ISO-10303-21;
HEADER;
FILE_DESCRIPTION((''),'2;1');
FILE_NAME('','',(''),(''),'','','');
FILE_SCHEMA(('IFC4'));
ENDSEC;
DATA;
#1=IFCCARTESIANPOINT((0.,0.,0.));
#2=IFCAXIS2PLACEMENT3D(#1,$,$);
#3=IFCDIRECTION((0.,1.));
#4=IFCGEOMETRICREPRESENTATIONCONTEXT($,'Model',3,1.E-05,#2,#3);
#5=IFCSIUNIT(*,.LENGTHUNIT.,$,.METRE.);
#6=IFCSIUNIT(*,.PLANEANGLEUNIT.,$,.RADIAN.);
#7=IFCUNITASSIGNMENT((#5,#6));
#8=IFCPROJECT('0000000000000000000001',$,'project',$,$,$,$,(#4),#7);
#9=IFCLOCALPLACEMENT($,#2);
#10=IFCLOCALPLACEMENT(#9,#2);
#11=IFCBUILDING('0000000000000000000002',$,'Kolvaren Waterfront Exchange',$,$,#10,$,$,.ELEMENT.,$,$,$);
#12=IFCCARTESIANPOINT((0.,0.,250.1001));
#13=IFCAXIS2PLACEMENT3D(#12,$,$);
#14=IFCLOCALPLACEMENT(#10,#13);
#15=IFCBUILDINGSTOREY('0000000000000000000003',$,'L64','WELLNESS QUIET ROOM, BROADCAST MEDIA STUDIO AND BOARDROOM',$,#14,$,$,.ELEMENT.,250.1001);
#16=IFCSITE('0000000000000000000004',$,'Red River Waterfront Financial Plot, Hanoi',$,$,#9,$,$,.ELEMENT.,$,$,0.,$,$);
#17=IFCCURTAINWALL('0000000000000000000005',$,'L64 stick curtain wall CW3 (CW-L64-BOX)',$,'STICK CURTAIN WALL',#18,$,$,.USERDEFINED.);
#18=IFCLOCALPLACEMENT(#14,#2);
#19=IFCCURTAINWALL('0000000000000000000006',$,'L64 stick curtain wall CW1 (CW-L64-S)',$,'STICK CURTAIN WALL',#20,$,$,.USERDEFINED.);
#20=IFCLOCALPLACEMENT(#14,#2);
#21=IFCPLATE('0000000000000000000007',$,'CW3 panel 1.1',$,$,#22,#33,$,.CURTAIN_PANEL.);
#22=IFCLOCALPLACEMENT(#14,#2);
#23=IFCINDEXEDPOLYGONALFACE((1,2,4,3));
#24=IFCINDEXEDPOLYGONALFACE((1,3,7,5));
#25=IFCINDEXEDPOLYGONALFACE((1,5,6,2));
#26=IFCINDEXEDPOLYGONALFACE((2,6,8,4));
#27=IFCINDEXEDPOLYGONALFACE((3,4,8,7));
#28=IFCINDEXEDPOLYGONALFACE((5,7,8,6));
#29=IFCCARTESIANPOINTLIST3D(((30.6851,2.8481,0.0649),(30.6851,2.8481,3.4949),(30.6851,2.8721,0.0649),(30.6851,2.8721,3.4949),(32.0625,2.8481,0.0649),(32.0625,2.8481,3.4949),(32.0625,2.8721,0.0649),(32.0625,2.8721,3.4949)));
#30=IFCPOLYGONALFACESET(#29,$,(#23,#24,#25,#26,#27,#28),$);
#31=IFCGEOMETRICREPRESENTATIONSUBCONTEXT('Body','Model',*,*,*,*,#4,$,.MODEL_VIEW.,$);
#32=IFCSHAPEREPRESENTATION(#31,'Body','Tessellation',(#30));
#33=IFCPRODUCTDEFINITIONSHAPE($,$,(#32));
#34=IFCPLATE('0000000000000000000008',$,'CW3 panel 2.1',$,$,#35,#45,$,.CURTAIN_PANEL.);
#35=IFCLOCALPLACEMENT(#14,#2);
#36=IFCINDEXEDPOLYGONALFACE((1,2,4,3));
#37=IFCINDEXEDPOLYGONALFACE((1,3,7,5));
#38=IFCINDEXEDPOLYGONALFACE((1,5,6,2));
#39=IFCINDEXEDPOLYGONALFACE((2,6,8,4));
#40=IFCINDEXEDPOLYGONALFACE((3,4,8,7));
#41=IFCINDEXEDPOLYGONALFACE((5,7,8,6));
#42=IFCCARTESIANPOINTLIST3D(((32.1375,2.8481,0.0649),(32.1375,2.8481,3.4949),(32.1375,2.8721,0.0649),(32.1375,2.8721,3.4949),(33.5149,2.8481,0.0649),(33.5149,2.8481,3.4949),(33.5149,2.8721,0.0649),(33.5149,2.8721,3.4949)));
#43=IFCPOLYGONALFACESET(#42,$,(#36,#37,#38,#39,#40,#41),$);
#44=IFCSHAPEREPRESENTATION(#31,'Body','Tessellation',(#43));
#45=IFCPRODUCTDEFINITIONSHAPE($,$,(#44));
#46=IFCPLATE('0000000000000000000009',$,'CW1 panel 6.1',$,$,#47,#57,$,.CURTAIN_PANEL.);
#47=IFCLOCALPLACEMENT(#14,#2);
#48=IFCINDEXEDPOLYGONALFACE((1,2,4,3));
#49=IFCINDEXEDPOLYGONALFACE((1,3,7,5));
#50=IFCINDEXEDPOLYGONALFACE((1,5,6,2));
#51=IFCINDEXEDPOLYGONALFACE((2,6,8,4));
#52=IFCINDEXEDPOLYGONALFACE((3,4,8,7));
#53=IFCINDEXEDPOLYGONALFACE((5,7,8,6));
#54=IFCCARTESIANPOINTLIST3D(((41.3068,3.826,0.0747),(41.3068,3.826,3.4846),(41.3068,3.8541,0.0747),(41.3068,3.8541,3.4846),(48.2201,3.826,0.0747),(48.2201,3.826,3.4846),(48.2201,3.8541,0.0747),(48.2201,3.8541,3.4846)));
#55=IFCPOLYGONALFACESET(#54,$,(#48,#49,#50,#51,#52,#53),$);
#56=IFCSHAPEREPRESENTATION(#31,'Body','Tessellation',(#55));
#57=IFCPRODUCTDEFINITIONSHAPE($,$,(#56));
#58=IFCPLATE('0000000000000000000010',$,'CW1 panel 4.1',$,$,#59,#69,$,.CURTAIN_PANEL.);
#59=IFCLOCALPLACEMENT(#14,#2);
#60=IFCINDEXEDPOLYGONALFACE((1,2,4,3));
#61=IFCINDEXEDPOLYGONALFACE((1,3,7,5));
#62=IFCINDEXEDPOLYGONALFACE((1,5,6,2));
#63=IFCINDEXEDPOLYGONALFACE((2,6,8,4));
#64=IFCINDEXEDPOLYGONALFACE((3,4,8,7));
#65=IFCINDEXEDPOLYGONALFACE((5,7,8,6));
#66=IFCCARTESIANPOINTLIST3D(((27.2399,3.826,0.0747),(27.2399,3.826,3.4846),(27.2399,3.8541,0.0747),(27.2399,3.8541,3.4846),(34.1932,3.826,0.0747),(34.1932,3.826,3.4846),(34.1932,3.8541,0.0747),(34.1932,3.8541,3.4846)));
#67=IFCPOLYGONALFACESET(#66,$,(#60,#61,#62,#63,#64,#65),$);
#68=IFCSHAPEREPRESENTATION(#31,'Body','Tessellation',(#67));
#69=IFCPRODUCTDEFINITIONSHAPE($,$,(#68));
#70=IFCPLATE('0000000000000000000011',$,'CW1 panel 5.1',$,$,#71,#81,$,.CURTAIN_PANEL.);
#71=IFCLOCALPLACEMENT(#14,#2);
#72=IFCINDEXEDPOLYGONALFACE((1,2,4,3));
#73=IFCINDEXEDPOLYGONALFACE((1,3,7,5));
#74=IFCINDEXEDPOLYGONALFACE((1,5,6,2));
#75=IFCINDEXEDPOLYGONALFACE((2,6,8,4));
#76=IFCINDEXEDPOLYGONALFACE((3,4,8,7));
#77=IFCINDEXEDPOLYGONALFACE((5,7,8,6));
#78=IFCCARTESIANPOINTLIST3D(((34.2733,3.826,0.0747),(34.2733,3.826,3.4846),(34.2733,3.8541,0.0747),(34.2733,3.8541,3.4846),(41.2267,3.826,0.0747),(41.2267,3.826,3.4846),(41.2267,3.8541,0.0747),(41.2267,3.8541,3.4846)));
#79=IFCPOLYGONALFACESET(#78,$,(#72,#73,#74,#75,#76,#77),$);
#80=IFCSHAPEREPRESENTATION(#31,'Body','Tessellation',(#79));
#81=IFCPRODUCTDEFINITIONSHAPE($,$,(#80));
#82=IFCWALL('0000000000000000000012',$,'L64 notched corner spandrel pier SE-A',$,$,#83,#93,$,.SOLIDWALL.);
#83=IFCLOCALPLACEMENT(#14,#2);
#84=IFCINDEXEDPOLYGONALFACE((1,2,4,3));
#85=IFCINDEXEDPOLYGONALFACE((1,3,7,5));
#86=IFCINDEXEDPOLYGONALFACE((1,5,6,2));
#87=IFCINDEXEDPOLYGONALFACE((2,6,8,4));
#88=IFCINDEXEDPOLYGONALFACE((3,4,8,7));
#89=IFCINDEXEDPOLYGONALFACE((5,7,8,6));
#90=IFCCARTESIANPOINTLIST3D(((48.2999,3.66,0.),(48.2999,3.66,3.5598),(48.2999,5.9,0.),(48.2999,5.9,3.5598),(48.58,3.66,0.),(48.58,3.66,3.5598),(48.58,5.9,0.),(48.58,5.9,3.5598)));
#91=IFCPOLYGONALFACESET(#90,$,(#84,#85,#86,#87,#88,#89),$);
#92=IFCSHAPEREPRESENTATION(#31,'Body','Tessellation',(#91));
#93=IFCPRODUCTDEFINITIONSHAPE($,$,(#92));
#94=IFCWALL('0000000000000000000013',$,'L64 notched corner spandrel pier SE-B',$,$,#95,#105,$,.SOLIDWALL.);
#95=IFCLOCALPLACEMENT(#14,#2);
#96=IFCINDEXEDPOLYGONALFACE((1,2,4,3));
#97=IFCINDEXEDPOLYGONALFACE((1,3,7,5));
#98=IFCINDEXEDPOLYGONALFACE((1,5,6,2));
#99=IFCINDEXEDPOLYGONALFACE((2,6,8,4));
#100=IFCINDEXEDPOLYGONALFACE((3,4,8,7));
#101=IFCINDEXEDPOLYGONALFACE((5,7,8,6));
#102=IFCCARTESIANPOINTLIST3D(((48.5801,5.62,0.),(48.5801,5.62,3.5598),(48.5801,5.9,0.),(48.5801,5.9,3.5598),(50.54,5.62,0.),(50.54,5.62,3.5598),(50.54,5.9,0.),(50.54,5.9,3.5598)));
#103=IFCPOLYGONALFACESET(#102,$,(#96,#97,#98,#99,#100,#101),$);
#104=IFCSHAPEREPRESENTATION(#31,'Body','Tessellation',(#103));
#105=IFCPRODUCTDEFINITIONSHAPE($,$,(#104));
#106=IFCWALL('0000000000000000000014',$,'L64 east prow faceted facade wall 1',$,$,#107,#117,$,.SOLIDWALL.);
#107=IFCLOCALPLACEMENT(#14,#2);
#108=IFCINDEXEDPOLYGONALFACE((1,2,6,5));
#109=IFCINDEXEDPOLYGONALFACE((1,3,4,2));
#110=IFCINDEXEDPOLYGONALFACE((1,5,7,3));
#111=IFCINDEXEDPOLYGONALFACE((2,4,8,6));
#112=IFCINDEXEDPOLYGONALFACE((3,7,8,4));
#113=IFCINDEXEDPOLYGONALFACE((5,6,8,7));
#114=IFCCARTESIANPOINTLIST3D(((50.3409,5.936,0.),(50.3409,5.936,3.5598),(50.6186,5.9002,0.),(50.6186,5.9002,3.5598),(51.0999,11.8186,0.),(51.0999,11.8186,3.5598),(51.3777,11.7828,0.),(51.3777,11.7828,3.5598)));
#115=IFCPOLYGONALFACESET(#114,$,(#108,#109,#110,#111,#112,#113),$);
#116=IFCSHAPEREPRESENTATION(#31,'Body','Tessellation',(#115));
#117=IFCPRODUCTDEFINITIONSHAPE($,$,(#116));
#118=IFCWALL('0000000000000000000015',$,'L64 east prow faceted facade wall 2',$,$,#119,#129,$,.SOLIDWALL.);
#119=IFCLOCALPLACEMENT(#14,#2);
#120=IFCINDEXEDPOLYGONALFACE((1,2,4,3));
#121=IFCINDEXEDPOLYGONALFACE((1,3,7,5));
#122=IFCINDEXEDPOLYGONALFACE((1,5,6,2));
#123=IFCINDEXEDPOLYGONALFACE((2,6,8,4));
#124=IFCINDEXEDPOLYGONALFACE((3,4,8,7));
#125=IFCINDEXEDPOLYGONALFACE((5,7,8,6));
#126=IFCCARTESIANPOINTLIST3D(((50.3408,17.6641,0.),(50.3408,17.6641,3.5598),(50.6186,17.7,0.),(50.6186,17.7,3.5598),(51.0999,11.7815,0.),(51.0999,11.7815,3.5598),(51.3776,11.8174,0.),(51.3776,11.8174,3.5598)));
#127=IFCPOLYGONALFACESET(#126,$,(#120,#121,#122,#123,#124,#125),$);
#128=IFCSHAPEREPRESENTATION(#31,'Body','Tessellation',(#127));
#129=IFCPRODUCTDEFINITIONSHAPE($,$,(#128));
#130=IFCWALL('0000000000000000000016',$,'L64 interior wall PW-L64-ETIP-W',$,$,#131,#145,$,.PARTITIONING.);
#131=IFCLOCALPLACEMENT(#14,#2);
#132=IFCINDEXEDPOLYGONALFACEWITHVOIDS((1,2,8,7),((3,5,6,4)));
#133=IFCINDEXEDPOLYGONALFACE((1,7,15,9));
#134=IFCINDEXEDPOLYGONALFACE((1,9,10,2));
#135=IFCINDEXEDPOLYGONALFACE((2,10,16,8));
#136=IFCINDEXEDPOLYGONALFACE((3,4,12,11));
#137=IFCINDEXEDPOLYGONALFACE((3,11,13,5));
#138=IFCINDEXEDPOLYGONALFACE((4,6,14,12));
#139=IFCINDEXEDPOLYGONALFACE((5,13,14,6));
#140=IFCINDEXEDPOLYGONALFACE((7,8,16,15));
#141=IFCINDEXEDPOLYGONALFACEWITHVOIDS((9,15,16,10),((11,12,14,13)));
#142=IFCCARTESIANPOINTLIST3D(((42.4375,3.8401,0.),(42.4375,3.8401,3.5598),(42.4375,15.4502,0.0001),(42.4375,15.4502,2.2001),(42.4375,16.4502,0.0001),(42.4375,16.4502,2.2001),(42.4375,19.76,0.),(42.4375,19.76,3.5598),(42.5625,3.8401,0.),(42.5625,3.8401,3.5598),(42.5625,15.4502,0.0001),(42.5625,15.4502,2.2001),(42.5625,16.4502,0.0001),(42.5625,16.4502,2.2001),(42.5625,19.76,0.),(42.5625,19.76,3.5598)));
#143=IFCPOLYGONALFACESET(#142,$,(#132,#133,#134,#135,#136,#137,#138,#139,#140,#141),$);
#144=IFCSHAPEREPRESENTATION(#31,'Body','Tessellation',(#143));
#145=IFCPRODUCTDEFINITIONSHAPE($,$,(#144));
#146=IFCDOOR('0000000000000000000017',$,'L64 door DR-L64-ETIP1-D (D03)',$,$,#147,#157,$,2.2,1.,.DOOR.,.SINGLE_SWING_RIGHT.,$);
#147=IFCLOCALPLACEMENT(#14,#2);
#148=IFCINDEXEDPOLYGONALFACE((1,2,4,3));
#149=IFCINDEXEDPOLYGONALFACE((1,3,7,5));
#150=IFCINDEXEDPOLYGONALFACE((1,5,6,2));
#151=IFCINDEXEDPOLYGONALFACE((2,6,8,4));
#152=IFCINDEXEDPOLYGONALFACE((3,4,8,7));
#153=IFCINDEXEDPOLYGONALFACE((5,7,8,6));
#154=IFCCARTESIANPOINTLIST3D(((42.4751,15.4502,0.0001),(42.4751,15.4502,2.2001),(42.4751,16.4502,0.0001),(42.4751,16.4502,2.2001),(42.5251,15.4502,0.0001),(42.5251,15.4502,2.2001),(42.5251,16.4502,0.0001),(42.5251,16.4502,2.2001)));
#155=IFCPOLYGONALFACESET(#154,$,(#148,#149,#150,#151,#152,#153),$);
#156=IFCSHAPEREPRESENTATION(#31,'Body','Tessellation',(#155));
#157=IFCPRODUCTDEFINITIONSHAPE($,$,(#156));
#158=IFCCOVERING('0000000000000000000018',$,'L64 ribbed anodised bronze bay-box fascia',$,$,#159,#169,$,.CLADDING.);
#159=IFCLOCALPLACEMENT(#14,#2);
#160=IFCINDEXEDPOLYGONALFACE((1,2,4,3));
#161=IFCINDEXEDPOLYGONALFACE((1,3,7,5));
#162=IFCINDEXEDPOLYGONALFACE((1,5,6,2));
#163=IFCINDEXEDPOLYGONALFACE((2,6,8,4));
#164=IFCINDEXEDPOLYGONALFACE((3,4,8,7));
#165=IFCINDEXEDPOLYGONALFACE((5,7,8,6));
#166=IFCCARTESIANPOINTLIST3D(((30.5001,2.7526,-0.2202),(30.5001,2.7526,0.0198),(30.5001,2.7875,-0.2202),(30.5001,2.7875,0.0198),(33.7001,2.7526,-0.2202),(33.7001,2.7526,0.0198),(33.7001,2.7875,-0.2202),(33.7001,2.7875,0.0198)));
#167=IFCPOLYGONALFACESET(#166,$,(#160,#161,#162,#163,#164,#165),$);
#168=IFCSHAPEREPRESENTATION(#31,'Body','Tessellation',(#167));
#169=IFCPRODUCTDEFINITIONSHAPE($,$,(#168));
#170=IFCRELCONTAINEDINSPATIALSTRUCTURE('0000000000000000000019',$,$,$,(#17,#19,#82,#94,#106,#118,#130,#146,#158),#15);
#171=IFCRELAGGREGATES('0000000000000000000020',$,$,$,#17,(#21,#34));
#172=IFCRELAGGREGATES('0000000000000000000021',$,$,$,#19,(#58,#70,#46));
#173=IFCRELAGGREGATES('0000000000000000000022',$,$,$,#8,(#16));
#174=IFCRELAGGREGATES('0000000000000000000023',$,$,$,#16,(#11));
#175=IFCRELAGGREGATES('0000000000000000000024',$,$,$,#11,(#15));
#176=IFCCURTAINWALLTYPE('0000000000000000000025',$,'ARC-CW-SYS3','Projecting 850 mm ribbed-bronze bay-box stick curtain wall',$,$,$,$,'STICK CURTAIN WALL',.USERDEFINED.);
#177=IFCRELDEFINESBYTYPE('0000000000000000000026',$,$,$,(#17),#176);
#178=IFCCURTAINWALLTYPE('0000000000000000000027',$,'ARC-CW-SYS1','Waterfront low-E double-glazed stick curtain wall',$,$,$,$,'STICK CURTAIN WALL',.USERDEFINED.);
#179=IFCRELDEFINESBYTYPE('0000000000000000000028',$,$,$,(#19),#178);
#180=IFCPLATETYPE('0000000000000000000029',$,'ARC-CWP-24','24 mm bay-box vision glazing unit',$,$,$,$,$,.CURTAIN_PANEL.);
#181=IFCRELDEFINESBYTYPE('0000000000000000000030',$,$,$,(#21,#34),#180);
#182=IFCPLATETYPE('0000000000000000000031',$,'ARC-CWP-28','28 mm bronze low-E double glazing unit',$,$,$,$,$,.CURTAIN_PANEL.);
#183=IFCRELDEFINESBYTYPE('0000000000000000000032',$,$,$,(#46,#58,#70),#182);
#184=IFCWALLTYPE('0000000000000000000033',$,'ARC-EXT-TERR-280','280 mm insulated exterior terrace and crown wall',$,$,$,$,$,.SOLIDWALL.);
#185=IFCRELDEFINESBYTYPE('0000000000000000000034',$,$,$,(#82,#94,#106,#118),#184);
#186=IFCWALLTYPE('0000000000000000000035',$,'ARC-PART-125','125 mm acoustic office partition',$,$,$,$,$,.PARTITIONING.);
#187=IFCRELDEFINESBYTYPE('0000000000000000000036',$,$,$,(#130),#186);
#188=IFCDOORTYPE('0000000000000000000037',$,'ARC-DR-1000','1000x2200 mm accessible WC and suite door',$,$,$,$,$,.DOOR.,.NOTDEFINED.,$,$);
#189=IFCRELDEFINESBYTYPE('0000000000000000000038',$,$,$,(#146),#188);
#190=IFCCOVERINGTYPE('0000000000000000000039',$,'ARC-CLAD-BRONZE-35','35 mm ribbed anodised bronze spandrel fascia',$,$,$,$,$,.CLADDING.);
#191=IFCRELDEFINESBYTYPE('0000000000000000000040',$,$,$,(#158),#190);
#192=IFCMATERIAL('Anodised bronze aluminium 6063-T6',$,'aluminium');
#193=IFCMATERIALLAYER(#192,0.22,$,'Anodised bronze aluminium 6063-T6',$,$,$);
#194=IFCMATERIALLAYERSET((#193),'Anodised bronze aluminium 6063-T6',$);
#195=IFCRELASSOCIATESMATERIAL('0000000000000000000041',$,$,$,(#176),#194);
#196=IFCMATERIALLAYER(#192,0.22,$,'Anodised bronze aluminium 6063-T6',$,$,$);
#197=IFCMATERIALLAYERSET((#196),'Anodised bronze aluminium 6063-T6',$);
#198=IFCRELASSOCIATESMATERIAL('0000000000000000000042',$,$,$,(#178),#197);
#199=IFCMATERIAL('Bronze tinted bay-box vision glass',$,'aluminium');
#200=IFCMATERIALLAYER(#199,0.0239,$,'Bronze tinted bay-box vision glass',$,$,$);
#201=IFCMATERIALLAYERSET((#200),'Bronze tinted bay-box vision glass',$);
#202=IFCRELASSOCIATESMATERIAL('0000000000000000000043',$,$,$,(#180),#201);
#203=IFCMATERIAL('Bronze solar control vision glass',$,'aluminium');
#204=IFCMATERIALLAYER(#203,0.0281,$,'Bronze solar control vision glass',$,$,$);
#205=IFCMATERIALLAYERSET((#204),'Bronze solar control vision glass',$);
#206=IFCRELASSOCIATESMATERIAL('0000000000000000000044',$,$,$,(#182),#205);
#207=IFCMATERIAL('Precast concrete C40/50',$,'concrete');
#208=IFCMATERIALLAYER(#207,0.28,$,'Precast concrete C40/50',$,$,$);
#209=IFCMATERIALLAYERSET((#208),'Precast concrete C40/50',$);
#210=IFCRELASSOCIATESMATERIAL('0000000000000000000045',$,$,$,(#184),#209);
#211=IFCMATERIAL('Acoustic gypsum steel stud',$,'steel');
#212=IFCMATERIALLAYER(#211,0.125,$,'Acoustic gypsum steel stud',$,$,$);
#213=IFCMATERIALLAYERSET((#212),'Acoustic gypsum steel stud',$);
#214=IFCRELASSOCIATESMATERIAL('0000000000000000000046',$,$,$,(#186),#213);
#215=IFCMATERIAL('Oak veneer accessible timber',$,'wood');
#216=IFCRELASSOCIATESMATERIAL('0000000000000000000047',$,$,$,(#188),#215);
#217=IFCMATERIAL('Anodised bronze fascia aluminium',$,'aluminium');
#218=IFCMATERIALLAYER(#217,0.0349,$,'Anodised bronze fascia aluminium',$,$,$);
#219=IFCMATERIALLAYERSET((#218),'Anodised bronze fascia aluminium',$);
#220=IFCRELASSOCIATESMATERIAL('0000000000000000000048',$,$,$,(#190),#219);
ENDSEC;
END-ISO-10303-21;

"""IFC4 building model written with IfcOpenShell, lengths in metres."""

from ifc_helpers import new_model, si_unit, direction, frame, frame_2d, origin, origin_with_axes, origin_2d, place, context, subcontext, project, spatial, rectangle, extrude, source, transform, mapped, material, layer, layer_set, type_object, element, fill, aggregate, save


model = new_model("IFC4")

# Units and contexts
model_context = context("Model", 3, precision=1e-05, world=origin(), true_north=direction((0.0, 1.0)))
body_context = subcontext(model_context, "Body", "Model", "MODEL_VIEW")
ifc_project = project(units=[si_unit("LENGTHUNIT", "METRE"), si_unit("PLANEANGLEUNIT", "RADIAN")], contexts=[model_context])

# Site, building, storey
site_placement = place(None, origin())
site = spatial("IfcSite", under=ifc_project, at=site_placement, Name="Red River Waterfront Financial Plot, Hanoi", CompositionType="ELEMENT", RefElevation=0.0)
building_placement = place(site_placement, origin())
building = spatial("IfcBuilding", under=site, at=building_placement, Name="Kolvaren Waterfront Exchange", CompositionType="ELEMENT")
storey_placement = place(building_placement, frame((0.0, 0.0, 250.1001)))
storey = spatial("IfcBuildingStorey", under=building, at=storey_placement, Name="L64", Description="WELLNESS QUIET ROOM, BROADCAST MEDIA STUDIO AND BOARDROOM", CompositionType="ELEMENT", Elevation=250.1001)

# Curtain wall
ifc_material_1 = material(Name="Anodised bronze aluminium 6063-T6", Category="aluminium")
ifc_layer_1 = layer(ifc_material_1, 0.22, Name="Anodised bronze aluminium 6063-T6")
ifc_layer_set_1 = layer_set([ifc_layer_1], Name="Anodised bronze aluminium 6063-T6")
curtain_wall_type_1 = type_object("IfcCurtainWallType", Name="ARC-CW-SYS3", Description="Projecting 850 mm ribbed-bronze bay-box stick curtain wall", ElementType="STICK CURTAIN WALL", PredefinedType="USERDEFINED", material=ifc_layer_set_1)
curtain_wall_1_placement = place(storey_placement, origin())
curtain_wall_1 = element("IfcCurtainWall", 1, at=curtain_wall_1_placement, inside=storey, type_object=curtain_wall_type_1, Name="L64 stick curtain wall CW3 (CW-L64-BOX)", ObjectType="STICK CURTAIN WALL", PredefinedType="USERDEFINED")

# Curtain wall
ifc_layer_2 = layer(ifc_material_1, 0.22, Name="Anodised bronze aluminium 6063-T6")
ifc_layer_set_2 = layer_set([ifc_layer_2], Name="Anodised bronze aluminium 6063-T6")
curtain_wall_type_2 = type_object("IfcCurtainWallType", Name="ARC-CW-SYS1", Description="Waterfront low-E double-glazed stick curtain wall", ElementType="STICK CURTAIN WALL", PredefinedType="USERDEFINED", material=ifc_layer_set_2)
curtain_wall_2_placement = place(storey_placement, origin())
curtain_wall_2 = element("IfcCurtainWall", 2, at=curtain_wall_2_placement, inside=storey, type_object=curtain_wall_type_2, Name="L64 stick curtain wall CW1 (CW-L64-S)", ObjectType="STICK CURTAIN WALL", PredefinedType="USERDEFINED")

# Plates
ifc_material_2 = material(Name="Bronze tinted bay-box vision glass", Category="aluminium")
ifc_layer_3 = layer(ifc_material_2, 0.0239, Name="Bronze tinted bay-box vision glass")
ifc_layer_set_3 = layer_set([ifc_layer_3], Name="Bronze tinted bay-box vision glass")
plate_type_1 = type_object("IfcPlateType", Name="ARC-CWP-24", Description="24 mm bay-box vision glazing unit", PredefinedType="CURTAIN_PANEL", material=ifc_layer_set_3)
shared_shape_1 = source(origin_with_axes(), body_context, "Body", "SweptSolid", [
    extrude(rectangle(XDim=1.3774, YDim=0.0239, at=origin_2d()), origin(), (0.0, 0.0, 1.0), 3.4299),
])
plate_1_placement = place(storey_placement, frame((31.3738, 2.8601, 0.0649), z_axis=(0.0, 0.0, 1.0), x_axis=(1.0, 0.0, 0.0)))
plate_1 = element("IfcPlate", 3, at=plate_1_placement, type_object=plate_type_1, Name="CW3 panel 1.1", PredefinedType="CURTAIN_PANEL", context=body_context, shape_type="MappedRepresentation", body=[
    mapped(shared_shape_1, transform((0.0, 0.0, 0.0), x_axis=(1.0, 0.0, 0.0), y_axis=(0.0, 1.0, 0.0), z_axis=(0.0, 0.0, 1.0), scale=1.0)),
])
plate_2_placement = place(storey_placement, frame((32.8262, 2.8601, 0.0649), z_axis=(0.0, 0.0, 1.0), x_axis=(1.0, 0.0, 0.0)))
plate_2 = element("IfcPlate", 4, at=plate_2_placement, type_object=plate_type_1, Name="CW3 panel 2.1", PredefinedType="CURTAIN_PANEL", context=body_context, shape_type="MappedRepresentation", body=[
    mapped(shared_shape_1, transform((0.0, 0.0, 0.0), x_axis=(1.0, 0.0, 0.0), y_axis=(0.0, 1.0, 0.0), z_axis=(0.0, 0.0, 1.0), scale=1.0)),
])
aggregate(curtain_wall_1, [plate_1, plate_2])
ifc_material_3 = material(Name="Bronze solar control vision glass", Category="aluminium")
ifc_layer_4 = layer(ifc_material_3, 0.0281, Name="Bronze solar control vision glass")
ifc_layer_set_4 = layer_set([ifc_layer_4], Name="Bronze solar control vision glass")
plate_type_2 = type_object("IfcPlateType", Name="ARC-CWP-28", Description="28 mm bronze low-E double glazing unit", PredefinedType="CURTAIN_PANEL", material=ifc_layer_set_4)
shared_shape_2 = source(origin_with_axes(), body_context, "Body", "SweptSolid", [
    extrude(rectangle(XDim=6.9133, YDim=0.0281, at=origin_2d()), origin(), (0.0, 0.0, 1.0), 3.4099),
])
plate_3_placement = place(storey_placement, frame((44.7634, 3.8401, 0.0747), z_axis=(0.0, 0.0, 1.0), x_axis=(1.0, 0.0, 0.0)))
plate_3 = element("IfcPlate", 5, at=plate_3_placement, type_object=plate_type_2, Name="CW1 panel 6.1", PredefinedType="CURTAIN_PANEL", context=body_context, shape_type="MappedRepresentation", body=[
    mapped(shared_shape_2, transform((0.0, 0.0, 0.0), x_axis=(1.0, 0.0, 0.0), y_axis=(0.0, 1.0, 0.0), z_axis=(0.0, 0.0, 1.0), scale=1.0)),
])
shared_shape_3 = source(origin_with_axes(), body_context, "Body", "SweptSolid", [
    extrude(rectangle(XDim=6.9534, YDim=0.0281, at=origin_2d()), origin(), (0.0, 0.0, 1.0), 3.4099),
])
plate_4_placement = place(storey_placement, frame((30.7166, 3.8401, 0.0747), z_axis=(0.0, 0.0, 1.0), x_axis=(1.0, 0.0, 0.0)))
plate_4 = element("IfcPlate", 6, at=plate_4_placement, type_object=plate_type_2, Name="CW1 panel 4.1", PredefinedType="CURTAIN_PANEL", context=body_context, shape_type="MappedRepresentation", body=[
    mapped(shared_shape_3, transform((0.0, 0.0, 0.0), x_axis=(1.0, 0.0, 0.0), y_axis=(0.0, 1.0, 0.0), z_axis=(0.0, 0.0, 1.0), scale=1.0)),
])
plate_5_placement = place(storey_placement, frame((37.75, 3.8401, 0.0747), z_axis=(0.0, 0.0, 1.0), x_axis=(1.0, 0.0, 0.0)))
plate_5 = element("IfcPlate", 7, at=plate_5_placement, type_object=plate_type_2, Name="CW1 panel 5.1", PredefinedType="CURTAIN_PANEL", context=body_context, shape_type="MappedRepresentation", body=[
    mapped(shared_shape_3, transform((0.0, 0.0, 0.0), x_axis=(1.0, 0.0, 0.0), y_axis=(0.0, 1.0, 0.0), z_axis=(0.0, 0.0, 1.0), scale=1.0)),
])
aggregate(curtain_wall_2, [plate_4, plate_5, plate_3])

# Walls
ifc_material_4 = material(Name="Precast concrete C40/50", Category="concrete")
ifc_layer_5 = layer(ifc_material_4, 0.28, Name="Precast concrete C40/50")
ifc_layer_set_5 = layer_set([ifc_layer_5], Name="Precast concrete C40/50")
wall_type_1 = type_object("IfcWallType", Name="ARC-EXT-TERR-280", Description="280 mm insulated exterior terrace and crown wall", PredefinedType="SOLIDWALL", material=ifc_layer_set_5)
wall_1_placement = place(storey_placement, frame((48.4399, 3.6599, 0.0), z_axis=(0.0, 0.0, 1.0), x_axis=(0.0, 1.0, 0.0)))
element("IfcWall", 8, at=wall_1_placement, inside=storey, type_object=wall_type_1, Name="L64 notched corner spandrel pier SE-A", PredefinedType="SOLIDWALL", context=body_context, shape_type="SweptSolid", body=[
    extrude(rectangle(XDim=2.24, YDim=0.28, at=frame_2d((1.1201, 0.0))), origin(), (0.0, 0.0, 1.0), 3.5598),
])
wall_2_placement = place(storey_placement, frame((48.5801, 5.76, 0.0), z_axis=(0.0, 0.0, 1.0), x_axis=(1.0, 0.0, 0.0)))
element("IfcWall", 9, at=wall_2_placement, inside=storey, type_object=wall_type_1, Name="L64 notched corner spandrel pier SE-B", PredefinedType="SOLIDWALL", context=body_context, shape_type="SweptSolid", body=[
    extrude(rectangle(XDim=1.96, YDim=0.28, at=frame_2d((0.98, 0.0))), origin(), (0.0, 0.0, 1.0), 3.5598),
])
for number, where, z_axis, x_axis, name in (
    (10, (50.4797, 5.918, 0.0), (0.0, 0.0, 1.0), (0.12797, 0.991778, 0.0), "L64 east prow faceted facade wall 1"),
    (11, (51.2388, 11.7993, 0.0), (0.0, 0.0, 1.0), (-0.12797, 0.991778, 0.0), "L64 east prow faceted facade wall 2"),
):
    element("IfcWall", number, at=place(storey_placement, frame(where, z_axis=z_axis, x_axis=x_axis)), inside=storey, type_object=wall_type_1, Name=name, PredefinedType="SOLIDWALL", context=body_context, shape_type="SweptSolid", body=[
        extrude(rectangle(XDim=5.9314, YDim=0.28, at=frame_2d((2.9658, 0.0))), origin(), (0.0, 0.0, 1.0), 3.5598),
    ])

# Wall, opening, door
ifc_material_5 = material(Name="Acoustic gypsum steel stud", Category="steel")
ifc_layer_6 = layer(ifc_material_5, 0.125, Name="Acoustic gypsum steel stud")
ifc_layer_set_6 = layer_set([ifc_layer_6], Name="Acoustic gypsum steel stud")
wall_type_2 = type_object("IfcWallType", Name="ARC-PART-125", Description="125 mm acoustic office partition", PredefinedType="PARTITIONING", material=ifc_layer_set_6)
wall_3_placement = place(storey_placement, frame((42.5, 3.8401, 0.0), z_axis=(0.0, 0.0, 1.0), x_axis=(0.0, 1.0, 0.0)))
wall_3 = element("IfcWall", 12, at=wall_3_placement, inside=storey, type_object=wall_type_2, Name="L64 interior wall PW-L64-ETIP-W", PredefinedType="PARTITIONING", context=body_context, shape_type="SweptSolid", body=[
    extrude(rectangle(XDim=15.9199, YDim=0.125, at=frame_2d((7.96, 0.0))), origin(), (0.0, 0.0, 1.0), 3.5598),
])
opening_placement = place(wall_3_placement, frame((11.6101, 0.0, 0.0)))
opening = element("IfcOpeningElement", 13, at=opening_placement, cuts=wall_3, PredefinedType="OPENING", context=body_context, shape_type="SweptSolid", body=[
    extrude(rectangle(XDim=1.0, YDim=2.2, at=frame_2d((0.5, 1.1001))), frame((0.0, 0.0725, 0.0), z_axis=(0.0, -1.0, 0.0), x_axis=(1.0, 0.0, 0.0)), (0.0, 0.0, 1.0), 0.145),
])
ifc_material_6 = material(Name="Oak veneer accessible timber", Category="wood")
door_type = type_object("IfcDoorType", Name="ARC-DR-1000", Description="1000x2200 mm accessible WC and suite door", OperationType="NOTDEFINED", PredefinedType="DOOR", material=ifc_material_6)
door_placement = place(opening_placement, origin())
door = element("IfcDoor", 14, at=door_placement, inside=storey, type_object=door_type, Name="L64 door DR-L64-ETIP1-D (D03)", OperationType="SINGLE_SWING_RIGHT", OverallHeight=2.2, OverallWidth=1.0, PredefinedType="DOOR", context=body_context, shape_type="SweptSolid", body=[
    extrude(rectangle(XDim=1.0, YDim=2.2, at=frame_2d((0.5, 1.1001))), frame((0.0, 0.0249, 0.0), z_axis=(0.0, -1.0, 0.0), x_axis=(1.0, 0.0, 0.0)), (0.0, 0.0, 1.0), 0.05),
])
fill(opening, door)

# Covering
ifc_material_7 = material(Name="Anodised bronze fascia aluminium", Category="aluminium")
ifc_layer_7 = layer(ifc_material_7, 0.0349, Name="Anodised bronze fascia aluminium")
ifc_layer_set_7 = layer_set([ifc_layer_7], Name="Anodised bronze fascia aluminium")
covering_type = type_object("IfcCoveringType", Name="ARC-CLAD-BRONZE-35", Description="35 mm ribbed anodised bronze spandrel fascia", PredefinedType="CLADDING", material=ifc_layer_set_7)
covering_placement = place(storey_placement, frame((32.1001, 2.77, -0.2202), z_axis=(0.0, 0.0, 1.0), x_axis=(1.0, 0.0, 0.0)))
element("IfcCovering", 15, at=covering_placement, inside=storey, type_object=covering_type, Name="L64 ribbed anodised bronze bay-box fascia", PredefinedType="CLADDING", context=body_context, shape_type="SweptSolid", body=[
    extrude(rectangle(XDim=3.2, YDim=0.0349, at=origin_2d()), origin(), (0.0, 0.0, 1.0), 0.24),
])

save(model, "model.ifc")
